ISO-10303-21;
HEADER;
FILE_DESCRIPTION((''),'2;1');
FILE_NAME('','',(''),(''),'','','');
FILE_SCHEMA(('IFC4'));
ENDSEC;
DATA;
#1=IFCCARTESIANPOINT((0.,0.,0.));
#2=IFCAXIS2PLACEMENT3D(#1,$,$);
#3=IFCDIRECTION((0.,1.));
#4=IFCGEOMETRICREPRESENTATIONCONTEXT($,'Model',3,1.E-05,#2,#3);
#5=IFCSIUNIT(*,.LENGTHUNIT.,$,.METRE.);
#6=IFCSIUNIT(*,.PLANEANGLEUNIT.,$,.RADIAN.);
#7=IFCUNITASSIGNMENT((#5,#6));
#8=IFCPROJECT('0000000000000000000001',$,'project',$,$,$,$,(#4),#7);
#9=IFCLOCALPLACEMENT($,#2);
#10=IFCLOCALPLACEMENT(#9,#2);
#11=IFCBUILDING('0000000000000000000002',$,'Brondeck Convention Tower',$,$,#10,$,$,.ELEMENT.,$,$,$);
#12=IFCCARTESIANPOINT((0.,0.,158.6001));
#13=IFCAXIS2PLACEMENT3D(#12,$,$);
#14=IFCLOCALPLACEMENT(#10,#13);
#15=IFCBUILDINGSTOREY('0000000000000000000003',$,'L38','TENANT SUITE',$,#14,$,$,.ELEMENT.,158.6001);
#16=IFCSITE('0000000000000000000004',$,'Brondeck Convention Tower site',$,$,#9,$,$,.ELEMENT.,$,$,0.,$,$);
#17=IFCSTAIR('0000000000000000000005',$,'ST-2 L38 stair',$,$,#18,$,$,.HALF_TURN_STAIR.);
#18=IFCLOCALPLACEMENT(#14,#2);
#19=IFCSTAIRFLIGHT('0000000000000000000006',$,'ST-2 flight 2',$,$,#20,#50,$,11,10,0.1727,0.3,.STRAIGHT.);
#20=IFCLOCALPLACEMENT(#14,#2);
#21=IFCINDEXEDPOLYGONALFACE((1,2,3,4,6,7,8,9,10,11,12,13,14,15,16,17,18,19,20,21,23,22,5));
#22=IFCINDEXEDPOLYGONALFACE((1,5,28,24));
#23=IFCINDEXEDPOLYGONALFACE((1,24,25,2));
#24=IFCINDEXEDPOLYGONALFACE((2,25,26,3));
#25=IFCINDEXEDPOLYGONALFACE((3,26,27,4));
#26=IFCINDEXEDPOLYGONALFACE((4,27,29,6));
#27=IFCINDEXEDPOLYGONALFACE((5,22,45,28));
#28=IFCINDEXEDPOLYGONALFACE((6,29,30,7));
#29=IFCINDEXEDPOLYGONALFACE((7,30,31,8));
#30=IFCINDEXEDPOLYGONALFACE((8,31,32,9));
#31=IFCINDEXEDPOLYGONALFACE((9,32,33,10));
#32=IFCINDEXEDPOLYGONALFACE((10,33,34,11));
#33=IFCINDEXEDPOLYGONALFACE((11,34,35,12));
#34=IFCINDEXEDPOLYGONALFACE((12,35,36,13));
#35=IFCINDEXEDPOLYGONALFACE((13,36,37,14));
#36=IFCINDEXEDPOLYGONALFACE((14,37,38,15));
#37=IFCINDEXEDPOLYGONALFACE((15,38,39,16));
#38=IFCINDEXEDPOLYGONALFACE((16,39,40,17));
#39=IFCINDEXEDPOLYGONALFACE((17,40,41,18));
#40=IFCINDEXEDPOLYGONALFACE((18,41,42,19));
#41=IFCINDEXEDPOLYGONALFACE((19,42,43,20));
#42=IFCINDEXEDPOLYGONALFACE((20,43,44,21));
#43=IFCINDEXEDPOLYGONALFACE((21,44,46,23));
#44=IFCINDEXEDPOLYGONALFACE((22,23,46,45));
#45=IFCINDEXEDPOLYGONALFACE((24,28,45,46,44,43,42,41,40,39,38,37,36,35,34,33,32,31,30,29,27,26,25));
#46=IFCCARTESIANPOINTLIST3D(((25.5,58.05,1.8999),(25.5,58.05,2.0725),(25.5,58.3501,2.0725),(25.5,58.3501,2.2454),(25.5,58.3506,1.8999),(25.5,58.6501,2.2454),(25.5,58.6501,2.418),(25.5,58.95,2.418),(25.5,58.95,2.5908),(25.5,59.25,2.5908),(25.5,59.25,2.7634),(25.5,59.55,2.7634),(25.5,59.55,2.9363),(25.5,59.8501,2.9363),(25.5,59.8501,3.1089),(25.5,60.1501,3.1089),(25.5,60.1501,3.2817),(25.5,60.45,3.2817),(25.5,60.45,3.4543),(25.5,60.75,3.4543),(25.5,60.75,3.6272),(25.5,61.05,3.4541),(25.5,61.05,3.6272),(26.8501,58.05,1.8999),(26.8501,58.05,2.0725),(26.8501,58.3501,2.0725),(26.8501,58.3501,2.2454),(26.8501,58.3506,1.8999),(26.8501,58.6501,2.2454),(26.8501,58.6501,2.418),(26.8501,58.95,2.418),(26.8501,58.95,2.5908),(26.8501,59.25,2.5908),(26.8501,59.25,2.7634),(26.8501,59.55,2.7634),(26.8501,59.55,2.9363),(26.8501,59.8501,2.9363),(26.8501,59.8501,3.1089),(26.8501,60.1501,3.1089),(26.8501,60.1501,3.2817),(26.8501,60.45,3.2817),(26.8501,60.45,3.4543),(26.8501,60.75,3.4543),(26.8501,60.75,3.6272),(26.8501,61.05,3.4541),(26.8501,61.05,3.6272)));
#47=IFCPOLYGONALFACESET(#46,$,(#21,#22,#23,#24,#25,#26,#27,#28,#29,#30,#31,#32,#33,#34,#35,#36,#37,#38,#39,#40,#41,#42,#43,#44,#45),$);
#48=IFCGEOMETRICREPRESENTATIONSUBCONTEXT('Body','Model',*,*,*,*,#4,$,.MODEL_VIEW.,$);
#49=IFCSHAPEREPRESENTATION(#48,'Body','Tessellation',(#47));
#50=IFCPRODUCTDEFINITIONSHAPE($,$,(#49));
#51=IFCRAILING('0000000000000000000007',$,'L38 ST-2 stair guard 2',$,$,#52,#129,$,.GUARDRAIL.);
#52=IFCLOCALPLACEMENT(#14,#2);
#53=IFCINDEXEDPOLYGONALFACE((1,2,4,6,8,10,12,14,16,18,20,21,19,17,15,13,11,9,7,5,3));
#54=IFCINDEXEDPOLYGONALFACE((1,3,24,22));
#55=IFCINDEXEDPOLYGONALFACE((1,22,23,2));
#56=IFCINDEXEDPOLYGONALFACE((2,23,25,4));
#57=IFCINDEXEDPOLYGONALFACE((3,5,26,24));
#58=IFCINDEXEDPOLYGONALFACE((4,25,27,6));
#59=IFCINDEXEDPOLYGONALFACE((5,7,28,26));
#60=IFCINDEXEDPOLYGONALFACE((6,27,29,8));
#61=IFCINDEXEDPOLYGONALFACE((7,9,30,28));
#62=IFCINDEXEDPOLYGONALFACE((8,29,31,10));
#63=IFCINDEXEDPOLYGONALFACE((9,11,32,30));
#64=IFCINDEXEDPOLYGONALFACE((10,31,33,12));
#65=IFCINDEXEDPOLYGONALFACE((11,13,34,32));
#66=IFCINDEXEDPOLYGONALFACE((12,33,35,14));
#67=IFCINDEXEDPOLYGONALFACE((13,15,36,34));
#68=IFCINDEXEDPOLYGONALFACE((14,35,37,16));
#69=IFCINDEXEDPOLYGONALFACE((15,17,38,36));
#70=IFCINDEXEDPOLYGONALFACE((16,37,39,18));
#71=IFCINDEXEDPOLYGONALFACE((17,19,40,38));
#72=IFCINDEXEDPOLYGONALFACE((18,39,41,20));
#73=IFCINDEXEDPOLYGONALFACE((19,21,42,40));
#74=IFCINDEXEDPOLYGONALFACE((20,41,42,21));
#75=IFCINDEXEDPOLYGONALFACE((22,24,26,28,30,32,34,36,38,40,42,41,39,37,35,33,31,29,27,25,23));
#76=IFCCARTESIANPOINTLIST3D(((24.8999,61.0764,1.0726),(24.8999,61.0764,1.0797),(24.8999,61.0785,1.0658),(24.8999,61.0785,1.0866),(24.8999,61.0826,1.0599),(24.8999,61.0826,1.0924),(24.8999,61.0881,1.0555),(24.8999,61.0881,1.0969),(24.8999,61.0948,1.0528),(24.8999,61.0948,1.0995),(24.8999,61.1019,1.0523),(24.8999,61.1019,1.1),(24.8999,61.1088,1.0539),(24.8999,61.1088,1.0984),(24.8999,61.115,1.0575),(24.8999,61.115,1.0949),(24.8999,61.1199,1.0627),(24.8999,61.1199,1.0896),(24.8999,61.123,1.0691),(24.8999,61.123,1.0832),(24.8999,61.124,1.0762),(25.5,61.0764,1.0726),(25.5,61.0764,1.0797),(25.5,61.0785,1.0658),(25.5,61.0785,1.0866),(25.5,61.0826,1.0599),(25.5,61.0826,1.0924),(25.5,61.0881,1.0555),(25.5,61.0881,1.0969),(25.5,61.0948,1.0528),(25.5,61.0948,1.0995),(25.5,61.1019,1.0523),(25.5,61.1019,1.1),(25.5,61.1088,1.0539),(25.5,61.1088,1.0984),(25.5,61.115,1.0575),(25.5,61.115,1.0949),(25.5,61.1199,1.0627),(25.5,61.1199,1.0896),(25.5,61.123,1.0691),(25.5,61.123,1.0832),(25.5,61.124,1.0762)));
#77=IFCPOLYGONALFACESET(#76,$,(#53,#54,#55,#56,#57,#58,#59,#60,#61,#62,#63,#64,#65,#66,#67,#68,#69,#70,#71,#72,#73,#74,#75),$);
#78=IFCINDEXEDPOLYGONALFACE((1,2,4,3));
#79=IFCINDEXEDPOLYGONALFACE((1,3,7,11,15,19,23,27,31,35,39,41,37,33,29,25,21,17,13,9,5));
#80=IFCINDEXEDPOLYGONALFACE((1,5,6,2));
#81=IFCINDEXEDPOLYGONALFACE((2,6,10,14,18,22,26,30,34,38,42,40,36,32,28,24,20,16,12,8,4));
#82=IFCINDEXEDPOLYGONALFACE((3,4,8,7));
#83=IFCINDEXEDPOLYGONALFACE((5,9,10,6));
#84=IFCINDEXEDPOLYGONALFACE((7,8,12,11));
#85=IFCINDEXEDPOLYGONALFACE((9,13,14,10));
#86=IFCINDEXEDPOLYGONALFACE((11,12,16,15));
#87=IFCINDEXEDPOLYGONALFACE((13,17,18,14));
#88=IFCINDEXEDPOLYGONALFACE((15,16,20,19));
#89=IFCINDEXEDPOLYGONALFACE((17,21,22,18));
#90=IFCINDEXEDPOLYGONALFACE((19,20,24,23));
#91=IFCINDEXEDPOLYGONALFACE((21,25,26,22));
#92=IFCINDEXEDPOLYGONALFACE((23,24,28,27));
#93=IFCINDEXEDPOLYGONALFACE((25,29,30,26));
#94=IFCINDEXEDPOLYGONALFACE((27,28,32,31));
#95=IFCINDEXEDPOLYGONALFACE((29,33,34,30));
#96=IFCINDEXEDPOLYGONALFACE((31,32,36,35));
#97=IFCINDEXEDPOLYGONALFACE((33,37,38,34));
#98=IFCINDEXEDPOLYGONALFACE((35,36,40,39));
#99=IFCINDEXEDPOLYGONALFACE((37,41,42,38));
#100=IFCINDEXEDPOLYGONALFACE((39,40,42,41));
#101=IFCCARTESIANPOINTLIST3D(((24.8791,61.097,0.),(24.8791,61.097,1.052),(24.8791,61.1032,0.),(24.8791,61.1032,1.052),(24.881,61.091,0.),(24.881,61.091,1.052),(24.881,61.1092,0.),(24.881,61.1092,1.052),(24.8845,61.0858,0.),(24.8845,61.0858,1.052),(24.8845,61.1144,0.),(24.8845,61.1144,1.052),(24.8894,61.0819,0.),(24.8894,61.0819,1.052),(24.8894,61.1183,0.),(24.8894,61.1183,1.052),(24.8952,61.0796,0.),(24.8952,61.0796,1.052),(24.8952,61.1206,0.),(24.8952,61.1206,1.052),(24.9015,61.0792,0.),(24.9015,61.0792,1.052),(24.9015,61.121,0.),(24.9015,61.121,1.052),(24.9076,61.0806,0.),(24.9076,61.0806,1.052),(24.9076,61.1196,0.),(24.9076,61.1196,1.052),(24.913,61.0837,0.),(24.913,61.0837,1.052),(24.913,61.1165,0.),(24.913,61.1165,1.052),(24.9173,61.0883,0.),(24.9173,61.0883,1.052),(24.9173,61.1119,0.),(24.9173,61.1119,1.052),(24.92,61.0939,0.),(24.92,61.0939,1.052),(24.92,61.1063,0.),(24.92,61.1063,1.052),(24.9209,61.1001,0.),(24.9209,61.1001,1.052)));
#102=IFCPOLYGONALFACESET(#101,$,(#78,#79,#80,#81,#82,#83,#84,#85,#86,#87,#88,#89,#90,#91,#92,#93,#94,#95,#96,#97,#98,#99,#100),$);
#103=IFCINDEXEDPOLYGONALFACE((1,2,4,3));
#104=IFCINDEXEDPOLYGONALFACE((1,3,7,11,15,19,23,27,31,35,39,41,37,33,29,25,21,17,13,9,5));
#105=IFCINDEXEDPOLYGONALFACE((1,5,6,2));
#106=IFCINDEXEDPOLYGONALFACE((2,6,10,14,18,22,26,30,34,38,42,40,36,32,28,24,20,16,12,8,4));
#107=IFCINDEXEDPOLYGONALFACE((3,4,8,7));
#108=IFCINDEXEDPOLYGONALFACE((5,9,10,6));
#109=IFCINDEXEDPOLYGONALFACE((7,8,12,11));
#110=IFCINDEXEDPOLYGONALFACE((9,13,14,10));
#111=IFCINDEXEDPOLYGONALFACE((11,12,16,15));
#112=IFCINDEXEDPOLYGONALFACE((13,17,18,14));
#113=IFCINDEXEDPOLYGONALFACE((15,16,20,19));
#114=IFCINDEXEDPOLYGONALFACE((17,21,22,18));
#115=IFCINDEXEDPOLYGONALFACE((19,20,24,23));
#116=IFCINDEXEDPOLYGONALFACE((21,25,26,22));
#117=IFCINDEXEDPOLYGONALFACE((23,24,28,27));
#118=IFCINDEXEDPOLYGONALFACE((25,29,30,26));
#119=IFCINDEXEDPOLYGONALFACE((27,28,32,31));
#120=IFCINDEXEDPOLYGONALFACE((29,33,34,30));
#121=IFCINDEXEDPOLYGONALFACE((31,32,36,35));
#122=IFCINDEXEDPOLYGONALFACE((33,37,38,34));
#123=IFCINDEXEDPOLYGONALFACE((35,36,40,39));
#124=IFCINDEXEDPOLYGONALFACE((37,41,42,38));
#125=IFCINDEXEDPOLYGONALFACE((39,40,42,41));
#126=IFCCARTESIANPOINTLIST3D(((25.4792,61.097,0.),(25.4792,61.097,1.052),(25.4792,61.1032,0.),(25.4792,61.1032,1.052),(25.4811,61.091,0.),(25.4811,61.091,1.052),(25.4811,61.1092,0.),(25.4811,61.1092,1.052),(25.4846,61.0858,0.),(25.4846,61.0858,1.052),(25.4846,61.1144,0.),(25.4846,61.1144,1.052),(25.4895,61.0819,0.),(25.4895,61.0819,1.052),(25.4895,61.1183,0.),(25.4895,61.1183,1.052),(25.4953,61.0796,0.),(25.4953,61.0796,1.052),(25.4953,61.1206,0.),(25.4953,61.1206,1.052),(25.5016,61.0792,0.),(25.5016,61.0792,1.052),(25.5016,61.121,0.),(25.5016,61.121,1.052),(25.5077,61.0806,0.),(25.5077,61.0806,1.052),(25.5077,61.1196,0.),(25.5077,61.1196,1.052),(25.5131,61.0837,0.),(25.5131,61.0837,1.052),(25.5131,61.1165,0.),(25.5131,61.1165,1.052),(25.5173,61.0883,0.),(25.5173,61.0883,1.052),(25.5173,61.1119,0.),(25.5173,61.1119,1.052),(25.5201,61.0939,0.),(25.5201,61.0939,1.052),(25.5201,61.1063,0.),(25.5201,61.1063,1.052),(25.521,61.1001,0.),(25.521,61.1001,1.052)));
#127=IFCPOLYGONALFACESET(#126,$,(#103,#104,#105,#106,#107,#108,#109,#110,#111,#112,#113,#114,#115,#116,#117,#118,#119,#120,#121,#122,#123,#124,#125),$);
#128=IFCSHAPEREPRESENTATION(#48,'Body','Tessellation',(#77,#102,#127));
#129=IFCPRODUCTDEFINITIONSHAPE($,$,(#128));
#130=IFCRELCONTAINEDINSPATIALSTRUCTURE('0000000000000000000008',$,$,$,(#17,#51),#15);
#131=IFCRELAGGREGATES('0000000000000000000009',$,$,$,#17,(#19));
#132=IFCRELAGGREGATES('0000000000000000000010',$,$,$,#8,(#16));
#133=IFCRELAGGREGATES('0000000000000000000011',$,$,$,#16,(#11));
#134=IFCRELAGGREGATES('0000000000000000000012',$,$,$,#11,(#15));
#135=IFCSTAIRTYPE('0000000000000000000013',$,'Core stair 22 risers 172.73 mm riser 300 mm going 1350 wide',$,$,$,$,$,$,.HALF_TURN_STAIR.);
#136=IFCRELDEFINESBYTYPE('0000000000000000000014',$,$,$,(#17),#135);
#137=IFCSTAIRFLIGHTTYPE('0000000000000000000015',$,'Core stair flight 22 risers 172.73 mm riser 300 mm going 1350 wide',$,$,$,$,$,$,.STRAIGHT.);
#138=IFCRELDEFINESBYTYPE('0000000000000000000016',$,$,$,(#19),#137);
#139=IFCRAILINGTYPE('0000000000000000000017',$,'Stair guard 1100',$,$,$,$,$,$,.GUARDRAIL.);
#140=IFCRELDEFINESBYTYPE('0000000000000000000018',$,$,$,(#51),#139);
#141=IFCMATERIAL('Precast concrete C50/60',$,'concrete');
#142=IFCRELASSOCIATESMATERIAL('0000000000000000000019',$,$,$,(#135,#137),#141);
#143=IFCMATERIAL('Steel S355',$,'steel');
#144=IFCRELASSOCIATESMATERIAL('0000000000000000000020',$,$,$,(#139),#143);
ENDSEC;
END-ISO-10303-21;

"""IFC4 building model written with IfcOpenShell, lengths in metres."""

from ifc_helpers import new_model, si_unit, direction, frame, origin, origin_2d, place, context, subcontext, project, spatial, polyline, circle, outline, extrude, material, type_object, element, aggregate, save


model = new_model("IFC4")

# Units and contexts
model_context = context("Model", 3, precision=1e-05, world=origin(), true_north=direction((0.0, 1.0)))
body_context = subcontext(model_context, "Body", "Model", "MODEL_VIEW")
ifc_project = project(units=[si_unit("LENGTHUNIT", "METRE"), si_unit("PLANEANGLEUNIT", "RADIAN")], contexts=[model_context])

# Site, building, storey
site_placement = place(None, origin())
site = spatial("IfcSite", under=ifc_project, at=site_placement, Name="Brondeck Convention Tower site", CompositionType="ELEMENT", RefElevation=0.0)
building_placement = place(site_placement, origin())
building = spatial("IfcBuilding", under=site, at=building_placement, Name="Brondeck Convention Tower", CompositionType="ELEMENT")
storey_placement = place(building_placement, frame((0.0, 0.0, 158.6001)))
storey = spatial("IfcBuildingStorey", under=building, at=storey_placement, Name="L38", Description="TENANT SUITE", CompositionType="ELEMENT", Elevation=158.6001)

# Stair, stair flight
ifc_material_1 = material(Name="Precast concrete C50/60", Category="concrete")
stair_type = type_object("IfcStairType", Name="Core stair 22 risers 172.73 mm riser 300 mm going 1350 wide", PredefinedType="HALF_TURN_STAIR", material=ifc_material_1)
stair_placement = place(storey_placement, origin())
stair = element("IfcStair", 1, at=stair_placement, inside=storey, type_object=stair_type, Name="ST-2 L38 stair", PredefinedType="HALF_TURN_STAIR")
stair_flight_type = type_object("IfcStairFlightType", Name="Core stair flight 22 risers 172.73 mm riser 300 mm going 1350 wide", PredefinedType="STRAIGHT", material=ifc_material_1)
stair_flight_1_placement = place(storey_placement, frame((26.175, 58.05, 1.8999), z_axis=(0.0, 0.0, 1.0), x_axis=(0.0, 1.0, 0.0)))
stair_flight_1 = element("IfcStairFlight", 2, at=stair_flight_1_placement, type_object=stair_flight_type, Name="ST-2 flight 2", NumberOfRisers=11, NumberOfTreads=10, PredefinedType="STRAIGHT", RiserHeight=0.1727, TreadLength=0.3, context=body_context, shape_type="SweptSolid", body=[
    extrude(outline(polyline([(0.0, 0.0), (0.0, 0.1726), (0.3, 0.1726), (0.3, 0.3455), (0.6001, 0.3455), (0.6001, 0.5181), (0.8999, 0.5181), (0.8999, 0.6909), (1.2, 0.6909), (1.2, 0.8635), (1.5, 0.8635), (1.5, 1.0364), (1.8, 1.0364), (1.8, 1.209), (2.1001, 1.209), (2.1001, 1.3818), (2.3999, 1.3818), (2.3999, 1.5544), (2.7, 1.5544), (2.7, 1.7273), (3.0, 1.7273), (3.0, 1.8999), (3.0, 1.5542), (0.3005, 0.0), (0.0, 0.0)])), frame((0.0, 0.675, 0.0), z_axis=(0.0, -1.0, 0.0), x_axis=(1.0, 0.0, 0.0)), (0.0, 0.0, 1.0), 1.3501),
])
aggregate(stair, [stair_flight_1])

# Railing
ifc_material_2 = material(Name="Steel S355", Category="steel")
railing_type_1 = type_object("IfcRailingType", Name="Stair guard 1100", PredefinedType="GUARDRAIL", material=ifc_material_2)
railing_1_placement = place(storey_placement, frame((24.8999, 61.1001, 0.0)))
element("IfcRailing", 3, at=railing_1_placement, inside=storey, type_object=railing_type_1, Name="L38 ST-2 stair guard 2", PredefinedType="GUARDRAIL", context=body_context, shape_type="SweptSolid", body=[
    extrude(circle(Radius=0.0239, at=origin_2d()), frame((0.0, 0.0, 1.0762), z_axis=(1.0, 0.0, 0.0), x_axis=(0.0, 1.0, 0.0)), (0.0, 0.0, 1.0), 0.6001),
    extrude(circle(Radius=0.021, at=origin_2d()), origin(), (0.0, 0.0, 1.0), 1.052),
    extrude(circle(Radius=0.021, at=origin_2d()), frame((0.6001, 0.0, 0.0)), (0.0, 0.0, 1.0), 1.052),
])

save(model, "model.ifc")
